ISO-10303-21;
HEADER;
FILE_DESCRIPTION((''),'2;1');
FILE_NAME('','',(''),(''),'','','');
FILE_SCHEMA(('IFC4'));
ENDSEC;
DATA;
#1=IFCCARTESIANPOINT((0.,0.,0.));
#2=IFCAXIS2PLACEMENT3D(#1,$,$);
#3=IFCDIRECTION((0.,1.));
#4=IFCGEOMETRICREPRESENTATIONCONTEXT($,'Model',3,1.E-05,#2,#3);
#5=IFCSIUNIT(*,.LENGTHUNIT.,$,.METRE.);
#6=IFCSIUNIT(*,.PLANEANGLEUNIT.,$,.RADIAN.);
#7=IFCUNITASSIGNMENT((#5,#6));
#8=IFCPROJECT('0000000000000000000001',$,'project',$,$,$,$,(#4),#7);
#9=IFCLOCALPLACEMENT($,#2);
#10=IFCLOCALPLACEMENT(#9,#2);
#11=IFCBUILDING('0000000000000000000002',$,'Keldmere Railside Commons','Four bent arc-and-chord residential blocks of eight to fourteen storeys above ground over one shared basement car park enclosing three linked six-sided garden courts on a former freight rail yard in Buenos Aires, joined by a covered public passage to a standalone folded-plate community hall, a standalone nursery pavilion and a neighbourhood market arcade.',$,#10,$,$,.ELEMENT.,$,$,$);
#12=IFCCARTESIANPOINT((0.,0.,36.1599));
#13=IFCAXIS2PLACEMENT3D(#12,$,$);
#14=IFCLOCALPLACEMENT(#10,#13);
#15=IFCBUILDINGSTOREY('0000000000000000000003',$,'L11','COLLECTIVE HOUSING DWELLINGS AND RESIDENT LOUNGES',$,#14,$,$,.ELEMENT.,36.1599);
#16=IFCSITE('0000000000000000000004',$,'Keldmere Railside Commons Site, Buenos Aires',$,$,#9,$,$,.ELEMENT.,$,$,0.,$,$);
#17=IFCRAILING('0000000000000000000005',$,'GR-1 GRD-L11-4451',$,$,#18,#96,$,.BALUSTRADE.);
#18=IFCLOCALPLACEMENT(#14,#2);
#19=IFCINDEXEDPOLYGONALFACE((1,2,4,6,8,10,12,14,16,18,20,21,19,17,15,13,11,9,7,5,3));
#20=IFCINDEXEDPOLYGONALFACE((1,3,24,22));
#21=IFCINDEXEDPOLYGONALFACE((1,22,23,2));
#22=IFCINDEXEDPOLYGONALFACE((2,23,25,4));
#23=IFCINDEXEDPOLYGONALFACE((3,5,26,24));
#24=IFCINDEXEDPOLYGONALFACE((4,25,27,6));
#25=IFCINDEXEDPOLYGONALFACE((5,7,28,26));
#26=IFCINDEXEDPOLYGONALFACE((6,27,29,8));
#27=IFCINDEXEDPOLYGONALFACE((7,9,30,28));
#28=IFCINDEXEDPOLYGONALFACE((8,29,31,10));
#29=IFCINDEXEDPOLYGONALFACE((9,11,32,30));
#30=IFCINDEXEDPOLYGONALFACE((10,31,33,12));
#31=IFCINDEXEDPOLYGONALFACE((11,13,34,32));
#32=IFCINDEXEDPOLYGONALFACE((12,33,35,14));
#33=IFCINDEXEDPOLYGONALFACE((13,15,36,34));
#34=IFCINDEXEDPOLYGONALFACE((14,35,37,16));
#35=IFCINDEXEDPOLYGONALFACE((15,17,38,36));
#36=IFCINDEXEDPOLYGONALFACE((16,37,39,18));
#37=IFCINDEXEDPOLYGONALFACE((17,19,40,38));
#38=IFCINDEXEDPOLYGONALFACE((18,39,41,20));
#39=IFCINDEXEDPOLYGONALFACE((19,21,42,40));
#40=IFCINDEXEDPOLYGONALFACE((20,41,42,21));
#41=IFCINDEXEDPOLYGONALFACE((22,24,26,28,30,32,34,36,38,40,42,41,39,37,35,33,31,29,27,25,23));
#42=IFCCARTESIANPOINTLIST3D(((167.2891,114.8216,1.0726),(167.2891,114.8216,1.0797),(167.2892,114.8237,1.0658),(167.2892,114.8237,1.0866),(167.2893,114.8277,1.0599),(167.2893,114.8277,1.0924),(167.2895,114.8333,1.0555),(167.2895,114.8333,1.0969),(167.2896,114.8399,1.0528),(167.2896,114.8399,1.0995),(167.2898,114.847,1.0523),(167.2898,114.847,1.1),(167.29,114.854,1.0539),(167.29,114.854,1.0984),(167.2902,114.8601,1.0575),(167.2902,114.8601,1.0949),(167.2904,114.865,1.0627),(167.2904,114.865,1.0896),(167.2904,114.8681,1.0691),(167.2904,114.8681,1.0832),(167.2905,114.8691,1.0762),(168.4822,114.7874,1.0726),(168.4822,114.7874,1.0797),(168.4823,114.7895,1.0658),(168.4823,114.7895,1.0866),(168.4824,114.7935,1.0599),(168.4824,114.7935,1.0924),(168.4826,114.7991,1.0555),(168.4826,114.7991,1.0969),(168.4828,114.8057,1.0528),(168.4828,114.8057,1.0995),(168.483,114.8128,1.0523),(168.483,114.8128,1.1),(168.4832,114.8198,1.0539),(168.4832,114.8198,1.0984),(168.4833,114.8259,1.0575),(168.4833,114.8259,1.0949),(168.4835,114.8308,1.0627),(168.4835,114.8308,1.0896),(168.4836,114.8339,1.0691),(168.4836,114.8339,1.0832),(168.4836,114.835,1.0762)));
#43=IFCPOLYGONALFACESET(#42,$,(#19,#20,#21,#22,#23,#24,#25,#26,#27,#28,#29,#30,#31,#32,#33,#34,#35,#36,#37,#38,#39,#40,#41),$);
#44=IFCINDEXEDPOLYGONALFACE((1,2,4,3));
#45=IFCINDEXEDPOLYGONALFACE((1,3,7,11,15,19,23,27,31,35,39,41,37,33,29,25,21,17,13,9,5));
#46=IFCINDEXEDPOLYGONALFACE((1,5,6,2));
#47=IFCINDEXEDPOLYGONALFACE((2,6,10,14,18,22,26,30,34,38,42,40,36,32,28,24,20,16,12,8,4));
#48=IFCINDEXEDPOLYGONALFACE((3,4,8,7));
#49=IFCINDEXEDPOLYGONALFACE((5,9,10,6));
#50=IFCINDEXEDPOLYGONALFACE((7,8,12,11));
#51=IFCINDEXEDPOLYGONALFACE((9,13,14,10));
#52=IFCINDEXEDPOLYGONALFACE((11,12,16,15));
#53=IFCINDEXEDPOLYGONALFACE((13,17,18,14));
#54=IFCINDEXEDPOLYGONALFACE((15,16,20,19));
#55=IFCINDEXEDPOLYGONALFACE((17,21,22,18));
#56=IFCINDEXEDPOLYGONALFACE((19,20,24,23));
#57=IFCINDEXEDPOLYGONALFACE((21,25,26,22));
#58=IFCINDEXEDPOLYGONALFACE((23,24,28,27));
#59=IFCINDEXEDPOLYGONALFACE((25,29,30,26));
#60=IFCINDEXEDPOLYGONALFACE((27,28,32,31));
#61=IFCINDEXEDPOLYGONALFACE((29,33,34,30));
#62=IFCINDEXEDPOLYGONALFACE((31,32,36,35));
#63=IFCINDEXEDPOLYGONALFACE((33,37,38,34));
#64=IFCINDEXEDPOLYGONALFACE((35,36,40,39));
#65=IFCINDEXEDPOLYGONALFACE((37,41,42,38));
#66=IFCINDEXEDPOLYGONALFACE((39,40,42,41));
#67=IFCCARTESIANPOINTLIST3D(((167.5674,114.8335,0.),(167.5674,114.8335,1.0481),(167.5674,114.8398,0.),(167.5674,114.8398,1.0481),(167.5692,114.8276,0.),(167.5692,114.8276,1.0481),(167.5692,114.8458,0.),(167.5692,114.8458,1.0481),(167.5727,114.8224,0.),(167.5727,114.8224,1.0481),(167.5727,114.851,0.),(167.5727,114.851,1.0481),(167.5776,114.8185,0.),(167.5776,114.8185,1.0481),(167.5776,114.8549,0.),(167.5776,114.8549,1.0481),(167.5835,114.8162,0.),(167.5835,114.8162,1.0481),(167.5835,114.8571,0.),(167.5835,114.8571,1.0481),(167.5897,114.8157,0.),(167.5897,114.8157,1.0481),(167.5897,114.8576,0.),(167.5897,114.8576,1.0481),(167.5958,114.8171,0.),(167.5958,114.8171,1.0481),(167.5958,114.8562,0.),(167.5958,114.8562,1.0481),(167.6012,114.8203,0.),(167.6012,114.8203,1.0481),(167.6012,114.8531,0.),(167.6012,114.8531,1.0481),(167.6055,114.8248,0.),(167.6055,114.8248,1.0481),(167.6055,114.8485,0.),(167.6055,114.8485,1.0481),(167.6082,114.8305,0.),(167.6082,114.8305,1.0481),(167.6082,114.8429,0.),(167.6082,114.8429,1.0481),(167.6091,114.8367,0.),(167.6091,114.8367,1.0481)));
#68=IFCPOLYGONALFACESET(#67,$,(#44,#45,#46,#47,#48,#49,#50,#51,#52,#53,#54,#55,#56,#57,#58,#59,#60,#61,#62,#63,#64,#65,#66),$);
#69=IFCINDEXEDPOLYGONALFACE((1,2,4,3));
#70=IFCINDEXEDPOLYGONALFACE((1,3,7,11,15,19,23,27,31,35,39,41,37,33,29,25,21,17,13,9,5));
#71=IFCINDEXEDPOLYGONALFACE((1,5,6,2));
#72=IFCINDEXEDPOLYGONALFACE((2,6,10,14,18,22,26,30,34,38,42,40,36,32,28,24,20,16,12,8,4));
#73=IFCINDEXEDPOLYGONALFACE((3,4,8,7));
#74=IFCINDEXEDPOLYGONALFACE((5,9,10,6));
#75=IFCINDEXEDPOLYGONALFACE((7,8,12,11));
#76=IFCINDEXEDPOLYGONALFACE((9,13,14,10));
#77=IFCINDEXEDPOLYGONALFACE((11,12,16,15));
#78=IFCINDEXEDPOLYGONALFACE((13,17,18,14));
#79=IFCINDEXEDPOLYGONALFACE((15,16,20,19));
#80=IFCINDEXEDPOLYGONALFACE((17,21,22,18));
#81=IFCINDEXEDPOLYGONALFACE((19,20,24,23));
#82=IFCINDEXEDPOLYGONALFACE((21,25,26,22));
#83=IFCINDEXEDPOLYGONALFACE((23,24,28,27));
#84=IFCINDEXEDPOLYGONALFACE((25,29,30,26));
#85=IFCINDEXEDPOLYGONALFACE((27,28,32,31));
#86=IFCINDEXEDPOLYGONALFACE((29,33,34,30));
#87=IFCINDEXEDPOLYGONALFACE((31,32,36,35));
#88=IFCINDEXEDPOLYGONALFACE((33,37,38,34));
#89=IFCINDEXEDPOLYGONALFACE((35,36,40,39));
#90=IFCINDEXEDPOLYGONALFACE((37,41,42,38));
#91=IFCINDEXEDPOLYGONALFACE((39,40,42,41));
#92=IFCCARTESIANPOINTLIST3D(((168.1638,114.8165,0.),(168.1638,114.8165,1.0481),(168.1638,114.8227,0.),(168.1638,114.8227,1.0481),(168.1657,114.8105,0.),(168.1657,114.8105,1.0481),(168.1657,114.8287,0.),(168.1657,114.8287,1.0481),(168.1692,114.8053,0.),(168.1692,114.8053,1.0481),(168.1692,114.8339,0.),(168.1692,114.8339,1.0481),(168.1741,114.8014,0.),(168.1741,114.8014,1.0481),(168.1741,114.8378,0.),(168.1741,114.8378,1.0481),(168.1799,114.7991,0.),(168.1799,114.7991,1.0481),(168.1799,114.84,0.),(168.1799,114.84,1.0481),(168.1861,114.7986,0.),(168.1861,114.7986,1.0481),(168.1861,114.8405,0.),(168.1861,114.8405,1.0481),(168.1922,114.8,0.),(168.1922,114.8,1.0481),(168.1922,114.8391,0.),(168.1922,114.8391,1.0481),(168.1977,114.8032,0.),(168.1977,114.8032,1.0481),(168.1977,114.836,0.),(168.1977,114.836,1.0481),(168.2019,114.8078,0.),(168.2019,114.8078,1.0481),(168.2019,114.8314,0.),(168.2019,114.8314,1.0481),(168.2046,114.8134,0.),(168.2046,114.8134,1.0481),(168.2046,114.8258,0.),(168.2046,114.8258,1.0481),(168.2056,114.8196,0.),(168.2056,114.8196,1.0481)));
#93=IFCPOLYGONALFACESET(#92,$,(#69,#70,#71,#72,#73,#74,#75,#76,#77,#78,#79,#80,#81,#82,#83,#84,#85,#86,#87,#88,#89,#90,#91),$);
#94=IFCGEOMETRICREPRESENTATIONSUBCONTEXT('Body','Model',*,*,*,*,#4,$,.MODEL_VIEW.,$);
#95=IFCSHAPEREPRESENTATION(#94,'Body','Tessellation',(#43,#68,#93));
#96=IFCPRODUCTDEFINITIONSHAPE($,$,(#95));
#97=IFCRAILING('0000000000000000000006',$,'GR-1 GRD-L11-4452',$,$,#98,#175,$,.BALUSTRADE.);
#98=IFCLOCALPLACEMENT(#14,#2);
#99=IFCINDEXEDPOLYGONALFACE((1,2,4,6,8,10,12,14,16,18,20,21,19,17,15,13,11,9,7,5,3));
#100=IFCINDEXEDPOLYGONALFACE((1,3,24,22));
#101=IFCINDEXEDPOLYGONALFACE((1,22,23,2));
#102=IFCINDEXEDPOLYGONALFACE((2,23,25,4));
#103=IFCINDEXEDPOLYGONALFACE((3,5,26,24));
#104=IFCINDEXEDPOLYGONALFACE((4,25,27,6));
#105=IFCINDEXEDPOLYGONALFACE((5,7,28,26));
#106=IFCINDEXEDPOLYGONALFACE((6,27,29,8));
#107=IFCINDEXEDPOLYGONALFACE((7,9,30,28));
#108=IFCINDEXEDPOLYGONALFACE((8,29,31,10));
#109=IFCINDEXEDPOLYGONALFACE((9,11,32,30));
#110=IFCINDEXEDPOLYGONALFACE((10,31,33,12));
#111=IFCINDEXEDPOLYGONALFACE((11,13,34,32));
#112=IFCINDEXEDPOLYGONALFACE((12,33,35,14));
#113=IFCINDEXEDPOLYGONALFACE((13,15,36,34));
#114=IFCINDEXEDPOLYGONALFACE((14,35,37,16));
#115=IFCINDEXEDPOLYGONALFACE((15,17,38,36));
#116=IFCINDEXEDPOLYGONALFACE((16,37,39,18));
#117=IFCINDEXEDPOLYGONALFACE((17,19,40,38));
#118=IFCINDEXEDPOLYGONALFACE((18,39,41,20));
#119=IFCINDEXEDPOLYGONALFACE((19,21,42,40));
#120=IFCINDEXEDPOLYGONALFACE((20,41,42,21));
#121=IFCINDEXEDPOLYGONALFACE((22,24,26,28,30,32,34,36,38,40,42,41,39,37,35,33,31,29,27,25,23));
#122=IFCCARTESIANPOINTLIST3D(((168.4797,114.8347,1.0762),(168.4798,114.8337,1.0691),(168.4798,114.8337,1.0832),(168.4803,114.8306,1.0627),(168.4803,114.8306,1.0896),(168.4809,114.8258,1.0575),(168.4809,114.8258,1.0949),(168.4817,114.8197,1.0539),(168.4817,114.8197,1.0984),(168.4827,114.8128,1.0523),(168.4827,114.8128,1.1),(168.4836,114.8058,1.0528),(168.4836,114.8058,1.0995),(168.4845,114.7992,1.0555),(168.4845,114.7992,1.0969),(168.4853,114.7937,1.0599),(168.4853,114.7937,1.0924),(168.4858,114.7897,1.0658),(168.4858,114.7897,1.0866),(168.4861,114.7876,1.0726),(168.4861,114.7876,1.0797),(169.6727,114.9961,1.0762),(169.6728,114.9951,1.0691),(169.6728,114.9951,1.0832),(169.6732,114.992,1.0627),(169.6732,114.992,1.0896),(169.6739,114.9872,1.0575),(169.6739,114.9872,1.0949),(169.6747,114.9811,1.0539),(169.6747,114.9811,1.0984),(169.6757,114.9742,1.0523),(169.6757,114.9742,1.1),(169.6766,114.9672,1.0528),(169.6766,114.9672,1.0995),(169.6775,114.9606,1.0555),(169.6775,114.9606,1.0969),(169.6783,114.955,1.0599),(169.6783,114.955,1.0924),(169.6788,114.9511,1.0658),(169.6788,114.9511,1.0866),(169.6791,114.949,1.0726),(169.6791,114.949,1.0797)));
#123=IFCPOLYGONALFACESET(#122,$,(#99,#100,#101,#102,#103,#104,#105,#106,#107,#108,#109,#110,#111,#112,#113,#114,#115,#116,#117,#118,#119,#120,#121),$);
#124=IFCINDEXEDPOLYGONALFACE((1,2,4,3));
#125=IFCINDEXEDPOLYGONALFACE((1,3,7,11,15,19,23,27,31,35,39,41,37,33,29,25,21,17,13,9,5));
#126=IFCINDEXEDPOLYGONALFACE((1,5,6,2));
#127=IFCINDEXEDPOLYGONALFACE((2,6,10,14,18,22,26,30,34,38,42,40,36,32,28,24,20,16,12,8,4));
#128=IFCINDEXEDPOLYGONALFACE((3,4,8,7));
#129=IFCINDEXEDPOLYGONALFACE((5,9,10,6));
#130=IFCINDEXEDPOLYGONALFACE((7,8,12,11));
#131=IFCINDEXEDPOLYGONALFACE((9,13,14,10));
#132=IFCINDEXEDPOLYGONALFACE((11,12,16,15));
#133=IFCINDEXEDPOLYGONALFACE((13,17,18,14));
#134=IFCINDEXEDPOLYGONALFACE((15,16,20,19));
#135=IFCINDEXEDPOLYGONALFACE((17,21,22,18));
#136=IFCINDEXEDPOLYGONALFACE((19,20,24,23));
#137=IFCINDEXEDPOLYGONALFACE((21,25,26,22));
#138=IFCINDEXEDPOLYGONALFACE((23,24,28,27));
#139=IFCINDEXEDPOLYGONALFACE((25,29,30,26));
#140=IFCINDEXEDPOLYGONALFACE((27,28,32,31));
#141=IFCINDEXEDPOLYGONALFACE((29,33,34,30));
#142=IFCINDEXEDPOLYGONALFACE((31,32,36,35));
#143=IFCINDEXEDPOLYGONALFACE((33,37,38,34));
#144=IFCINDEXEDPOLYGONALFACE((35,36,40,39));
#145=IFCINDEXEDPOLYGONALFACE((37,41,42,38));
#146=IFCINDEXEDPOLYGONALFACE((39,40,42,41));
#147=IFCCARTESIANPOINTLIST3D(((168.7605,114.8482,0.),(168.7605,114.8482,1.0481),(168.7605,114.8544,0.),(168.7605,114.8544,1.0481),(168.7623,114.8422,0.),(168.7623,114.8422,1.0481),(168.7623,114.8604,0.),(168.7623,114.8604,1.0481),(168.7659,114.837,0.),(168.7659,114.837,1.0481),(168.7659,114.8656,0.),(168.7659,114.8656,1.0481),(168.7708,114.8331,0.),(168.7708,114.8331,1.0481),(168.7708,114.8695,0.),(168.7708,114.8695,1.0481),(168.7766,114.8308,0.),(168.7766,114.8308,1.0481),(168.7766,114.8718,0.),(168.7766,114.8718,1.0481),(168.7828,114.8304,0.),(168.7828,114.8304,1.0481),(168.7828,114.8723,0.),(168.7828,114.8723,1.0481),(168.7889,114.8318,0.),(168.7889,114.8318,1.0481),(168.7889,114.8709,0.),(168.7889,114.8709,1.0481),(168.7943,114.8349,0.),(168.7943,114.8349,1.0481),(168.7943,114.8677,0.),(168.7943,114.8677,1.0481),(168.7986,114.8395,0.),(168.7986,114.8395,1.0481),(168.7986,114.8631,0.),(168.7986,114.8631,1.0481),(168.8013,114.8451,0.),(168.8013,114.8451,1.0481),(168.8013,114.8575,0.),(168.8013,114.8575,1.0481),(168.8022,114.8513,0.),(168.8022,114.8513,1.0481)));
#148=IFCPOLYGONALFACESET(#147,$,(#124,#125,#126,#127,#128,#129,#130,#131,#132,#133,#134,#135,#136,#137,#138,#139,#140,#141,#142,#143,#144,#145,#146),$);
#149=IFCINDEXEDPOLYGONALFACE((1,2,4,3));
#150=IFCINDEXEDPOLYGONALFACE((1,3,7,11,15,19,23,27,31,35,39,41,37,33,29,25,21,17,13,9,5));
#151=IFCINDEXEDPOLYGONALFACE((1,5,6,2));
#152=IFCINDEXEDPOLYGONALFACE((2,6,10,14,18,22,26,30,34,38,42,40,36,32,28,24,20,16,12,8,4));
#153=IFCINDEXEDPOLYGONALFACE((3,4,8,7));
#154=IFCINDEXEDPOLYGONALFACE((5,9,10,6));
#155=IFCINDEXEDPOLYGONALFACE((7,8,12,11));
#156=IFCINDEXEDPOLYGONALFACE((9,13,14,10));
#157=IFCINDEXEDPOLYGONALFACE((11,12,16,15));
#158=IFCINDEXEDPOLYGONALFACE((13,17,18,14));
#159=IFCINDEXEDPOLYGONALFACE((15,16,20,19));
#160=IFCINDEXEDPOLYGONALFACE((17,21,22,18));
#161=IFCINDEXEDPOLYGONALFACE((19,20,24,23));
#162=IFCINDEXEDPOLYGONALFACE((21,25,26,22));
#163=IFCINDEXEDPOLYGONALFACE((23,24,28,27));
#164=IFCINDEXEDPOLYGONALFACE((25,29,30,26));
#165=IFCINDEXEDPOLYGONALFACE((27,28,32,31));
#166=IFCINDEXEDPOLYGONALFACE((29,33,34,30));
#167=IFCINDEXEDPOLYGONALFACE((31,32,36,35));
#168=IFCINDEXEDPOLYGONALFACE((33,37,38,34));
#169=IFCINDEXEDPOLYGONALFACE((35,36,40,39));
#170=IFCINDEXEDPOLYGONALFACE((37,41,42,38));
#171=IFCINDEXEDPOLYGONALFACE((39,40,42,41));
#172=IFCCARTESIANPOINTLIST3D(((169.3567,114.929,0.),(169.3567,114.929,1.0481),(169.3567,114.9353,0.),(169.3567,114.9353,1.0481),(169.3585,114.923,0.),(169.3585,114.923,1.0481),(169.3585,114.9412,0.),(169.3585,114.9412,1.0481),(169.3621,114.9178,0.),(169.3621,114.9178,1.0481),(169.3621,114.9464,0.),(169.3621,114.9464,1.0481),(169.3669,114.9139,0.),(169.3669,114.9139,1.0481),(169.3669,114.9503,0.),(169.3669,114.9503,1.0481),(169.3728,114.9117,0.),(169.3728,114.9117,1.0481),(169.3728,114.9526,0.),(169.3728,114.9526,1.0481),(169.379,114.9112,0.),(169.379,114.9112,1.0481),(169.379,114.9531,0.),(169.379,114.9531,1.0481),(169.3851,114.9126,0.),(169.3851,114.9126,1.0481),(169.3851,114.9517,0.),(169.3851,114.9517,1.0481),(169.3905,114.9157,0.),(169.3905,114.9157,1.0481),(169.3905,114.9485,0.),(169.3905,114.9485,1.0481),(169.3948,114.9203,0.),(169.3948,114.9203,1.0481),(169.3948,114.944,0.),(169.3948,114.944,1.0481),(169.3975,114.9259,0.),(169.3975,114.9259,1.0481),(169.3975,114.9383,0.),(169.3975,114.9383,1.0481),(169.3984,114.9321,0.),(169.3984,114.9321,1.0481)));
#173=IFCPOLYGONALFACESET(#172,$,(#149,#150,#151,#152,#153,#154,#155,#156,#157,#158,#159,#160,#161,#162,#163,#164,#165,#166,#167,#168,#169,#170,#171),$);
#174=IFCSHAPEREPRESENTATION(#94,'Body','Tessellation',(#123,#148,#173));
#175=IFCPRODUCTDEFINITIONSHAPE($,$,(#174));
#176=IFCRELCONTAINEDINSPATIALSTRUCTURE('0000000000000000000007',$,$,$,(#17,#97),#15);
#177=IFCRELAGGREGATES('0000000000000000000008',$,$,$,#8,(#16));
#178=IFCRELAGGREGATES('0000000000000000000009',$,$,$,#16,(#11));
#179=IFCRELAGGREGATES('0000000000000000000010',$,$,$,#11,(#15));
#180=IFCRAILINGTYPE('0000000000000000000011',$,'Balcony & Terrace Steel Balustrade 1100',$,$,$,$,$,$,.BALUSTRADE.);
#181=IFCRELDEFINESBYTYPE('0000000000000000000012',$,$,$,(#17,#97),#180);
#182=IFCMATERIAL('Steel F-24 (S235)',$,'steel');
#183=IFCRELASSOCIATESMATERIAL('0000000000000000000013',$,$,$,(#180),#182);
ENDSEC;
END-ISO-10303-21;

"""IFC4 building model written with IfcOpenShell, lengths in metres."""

from ifc_helpers import new_model, si_unit, direction, frame, origin, origin_2d, place, context, subcontext, project, spatial, circle, extrude, material, type_object, element, save


model = new_model("IFC4")

# Units and contexts
model_context = context("Model", 3, precision=1e-05, world=origin(), true_north=direction((0.0, 1.0)))
body_context = subcontext(model_context, "Body", "Model", "MODEL_VIEW")
ifc_project = project(units=[si_unit("LENGTHUNIT", "METRE"), si_unit("PLANEANGLEUNIT", "RADIAN")], contexts=[model_context])

# Site, building, storey
site_placement = place(None, origin())
site = spatial("IfcSite", under=ifc_project, at=site_placement, Name="Keldmere Railside Commons Site, Buenos Aires", CompositionType="ELEMENT", RefElevation=0.0)
building_placement = place(site_placement, origin())
building = spatial("IfcBuilding", under=site, at=building_placement, Name="Keldmere Railside Commons", Description="Four bent arc-and-chord residential blocks of eight to fourteen storeys above ground over one shared basement car park enclosing three linked six-sided garden courts on a former freight rail yard in Buenos Aires, joined by a covered public passage to a standalone folded-plate community hall, a standalone nursery pavilion and a neighbourhood market arcade.", CompositionType="ELEMENT")
storey_placement = place(building_placement, frame((0.0, 0.0, 36.1599)))
storey = spatial("IfcBuildingStorey", under=building, at=storey_placement, Name="L11", Description="COLLECTIVE HOUSING DWELLINGS AND RESIDENT LOUNGES", CompositionType="ELEMENT", Elevation=36.1599)

# Railings
ifc_material_1 = material(Name="Steel F-24 (S235)", Category="steel")
railing_type = type_object("IfcRailingType", Name="Balcony & Terrace Steel Balustrade 1100", PredefinedType="BALUSTRADE", material=ifc_material_1)
railing_1_placement = place(storey_placement, frame((167.2898, 114.8452, 0.0)))
element("IfcRailing", 1, at=railing_1_placement, inside=storey, type_object=railing_type, Name="GR-1 GRD-L11-4451", PredefinedType="BALUSTRADE", context=body_context, shape_type="SweptSolid", body=[
    extrude(circle(Radius=0.0239, at=origin_2d()), frame((0.0, 0.0, 1.0762), z_axis=(0.99959, -0.028636, 0.0), x_axis=(0.028636, 0.99959, 0.0)), (0.0, 0.0, 1.0), 1.1936),
    extrude(circle(Radius=0.021, at=origin_2d()), frame((0.2983, -0.0085, 0.0)), (0.0, 0.0, 1.0), 1.0481),
    extrude(circle(Radius=0.021, at=origin_2d()), frame((0.8948, -0.0256, 0.0)), (0.0, 0.0, 1.0), 1.0481),
])
railing_2_placement = place(storey_placement, frame((168.4829, 114.811, 0.0)))
element("IfcRailing", 2, at=railing_2_placement, inside=storey, type_object=railing_type, Name="GR-1 GRD-L11-4452", PredefinedType="BALUSTRADE", context=body_context, shape_type="SweptSolid", body=[
    extrude(circle(Radius=0.0239, at=origin_2d()), frame((0.0, 0.0, 1.0762), z_axis=(0.990973, 0.134063, 0.0), x_axis=(-0.134063, 0.990973, 0.0)), (0.0, 0.0, 1.0), 1.2039),
    extrude(circle(Radius=0.021, at=origin_2d()), frame((0.2983, 0.0403, 0.0)), (0.0, 0.0, 1.0), 1.0481),
    extrude(circle(Radius=0.021, at=origin_2d()), frame((0.8945, 0.1211, 0.0)), (0.0, 0.0, 1.0), 1.0481),
])

save(model, "model.ifc")
